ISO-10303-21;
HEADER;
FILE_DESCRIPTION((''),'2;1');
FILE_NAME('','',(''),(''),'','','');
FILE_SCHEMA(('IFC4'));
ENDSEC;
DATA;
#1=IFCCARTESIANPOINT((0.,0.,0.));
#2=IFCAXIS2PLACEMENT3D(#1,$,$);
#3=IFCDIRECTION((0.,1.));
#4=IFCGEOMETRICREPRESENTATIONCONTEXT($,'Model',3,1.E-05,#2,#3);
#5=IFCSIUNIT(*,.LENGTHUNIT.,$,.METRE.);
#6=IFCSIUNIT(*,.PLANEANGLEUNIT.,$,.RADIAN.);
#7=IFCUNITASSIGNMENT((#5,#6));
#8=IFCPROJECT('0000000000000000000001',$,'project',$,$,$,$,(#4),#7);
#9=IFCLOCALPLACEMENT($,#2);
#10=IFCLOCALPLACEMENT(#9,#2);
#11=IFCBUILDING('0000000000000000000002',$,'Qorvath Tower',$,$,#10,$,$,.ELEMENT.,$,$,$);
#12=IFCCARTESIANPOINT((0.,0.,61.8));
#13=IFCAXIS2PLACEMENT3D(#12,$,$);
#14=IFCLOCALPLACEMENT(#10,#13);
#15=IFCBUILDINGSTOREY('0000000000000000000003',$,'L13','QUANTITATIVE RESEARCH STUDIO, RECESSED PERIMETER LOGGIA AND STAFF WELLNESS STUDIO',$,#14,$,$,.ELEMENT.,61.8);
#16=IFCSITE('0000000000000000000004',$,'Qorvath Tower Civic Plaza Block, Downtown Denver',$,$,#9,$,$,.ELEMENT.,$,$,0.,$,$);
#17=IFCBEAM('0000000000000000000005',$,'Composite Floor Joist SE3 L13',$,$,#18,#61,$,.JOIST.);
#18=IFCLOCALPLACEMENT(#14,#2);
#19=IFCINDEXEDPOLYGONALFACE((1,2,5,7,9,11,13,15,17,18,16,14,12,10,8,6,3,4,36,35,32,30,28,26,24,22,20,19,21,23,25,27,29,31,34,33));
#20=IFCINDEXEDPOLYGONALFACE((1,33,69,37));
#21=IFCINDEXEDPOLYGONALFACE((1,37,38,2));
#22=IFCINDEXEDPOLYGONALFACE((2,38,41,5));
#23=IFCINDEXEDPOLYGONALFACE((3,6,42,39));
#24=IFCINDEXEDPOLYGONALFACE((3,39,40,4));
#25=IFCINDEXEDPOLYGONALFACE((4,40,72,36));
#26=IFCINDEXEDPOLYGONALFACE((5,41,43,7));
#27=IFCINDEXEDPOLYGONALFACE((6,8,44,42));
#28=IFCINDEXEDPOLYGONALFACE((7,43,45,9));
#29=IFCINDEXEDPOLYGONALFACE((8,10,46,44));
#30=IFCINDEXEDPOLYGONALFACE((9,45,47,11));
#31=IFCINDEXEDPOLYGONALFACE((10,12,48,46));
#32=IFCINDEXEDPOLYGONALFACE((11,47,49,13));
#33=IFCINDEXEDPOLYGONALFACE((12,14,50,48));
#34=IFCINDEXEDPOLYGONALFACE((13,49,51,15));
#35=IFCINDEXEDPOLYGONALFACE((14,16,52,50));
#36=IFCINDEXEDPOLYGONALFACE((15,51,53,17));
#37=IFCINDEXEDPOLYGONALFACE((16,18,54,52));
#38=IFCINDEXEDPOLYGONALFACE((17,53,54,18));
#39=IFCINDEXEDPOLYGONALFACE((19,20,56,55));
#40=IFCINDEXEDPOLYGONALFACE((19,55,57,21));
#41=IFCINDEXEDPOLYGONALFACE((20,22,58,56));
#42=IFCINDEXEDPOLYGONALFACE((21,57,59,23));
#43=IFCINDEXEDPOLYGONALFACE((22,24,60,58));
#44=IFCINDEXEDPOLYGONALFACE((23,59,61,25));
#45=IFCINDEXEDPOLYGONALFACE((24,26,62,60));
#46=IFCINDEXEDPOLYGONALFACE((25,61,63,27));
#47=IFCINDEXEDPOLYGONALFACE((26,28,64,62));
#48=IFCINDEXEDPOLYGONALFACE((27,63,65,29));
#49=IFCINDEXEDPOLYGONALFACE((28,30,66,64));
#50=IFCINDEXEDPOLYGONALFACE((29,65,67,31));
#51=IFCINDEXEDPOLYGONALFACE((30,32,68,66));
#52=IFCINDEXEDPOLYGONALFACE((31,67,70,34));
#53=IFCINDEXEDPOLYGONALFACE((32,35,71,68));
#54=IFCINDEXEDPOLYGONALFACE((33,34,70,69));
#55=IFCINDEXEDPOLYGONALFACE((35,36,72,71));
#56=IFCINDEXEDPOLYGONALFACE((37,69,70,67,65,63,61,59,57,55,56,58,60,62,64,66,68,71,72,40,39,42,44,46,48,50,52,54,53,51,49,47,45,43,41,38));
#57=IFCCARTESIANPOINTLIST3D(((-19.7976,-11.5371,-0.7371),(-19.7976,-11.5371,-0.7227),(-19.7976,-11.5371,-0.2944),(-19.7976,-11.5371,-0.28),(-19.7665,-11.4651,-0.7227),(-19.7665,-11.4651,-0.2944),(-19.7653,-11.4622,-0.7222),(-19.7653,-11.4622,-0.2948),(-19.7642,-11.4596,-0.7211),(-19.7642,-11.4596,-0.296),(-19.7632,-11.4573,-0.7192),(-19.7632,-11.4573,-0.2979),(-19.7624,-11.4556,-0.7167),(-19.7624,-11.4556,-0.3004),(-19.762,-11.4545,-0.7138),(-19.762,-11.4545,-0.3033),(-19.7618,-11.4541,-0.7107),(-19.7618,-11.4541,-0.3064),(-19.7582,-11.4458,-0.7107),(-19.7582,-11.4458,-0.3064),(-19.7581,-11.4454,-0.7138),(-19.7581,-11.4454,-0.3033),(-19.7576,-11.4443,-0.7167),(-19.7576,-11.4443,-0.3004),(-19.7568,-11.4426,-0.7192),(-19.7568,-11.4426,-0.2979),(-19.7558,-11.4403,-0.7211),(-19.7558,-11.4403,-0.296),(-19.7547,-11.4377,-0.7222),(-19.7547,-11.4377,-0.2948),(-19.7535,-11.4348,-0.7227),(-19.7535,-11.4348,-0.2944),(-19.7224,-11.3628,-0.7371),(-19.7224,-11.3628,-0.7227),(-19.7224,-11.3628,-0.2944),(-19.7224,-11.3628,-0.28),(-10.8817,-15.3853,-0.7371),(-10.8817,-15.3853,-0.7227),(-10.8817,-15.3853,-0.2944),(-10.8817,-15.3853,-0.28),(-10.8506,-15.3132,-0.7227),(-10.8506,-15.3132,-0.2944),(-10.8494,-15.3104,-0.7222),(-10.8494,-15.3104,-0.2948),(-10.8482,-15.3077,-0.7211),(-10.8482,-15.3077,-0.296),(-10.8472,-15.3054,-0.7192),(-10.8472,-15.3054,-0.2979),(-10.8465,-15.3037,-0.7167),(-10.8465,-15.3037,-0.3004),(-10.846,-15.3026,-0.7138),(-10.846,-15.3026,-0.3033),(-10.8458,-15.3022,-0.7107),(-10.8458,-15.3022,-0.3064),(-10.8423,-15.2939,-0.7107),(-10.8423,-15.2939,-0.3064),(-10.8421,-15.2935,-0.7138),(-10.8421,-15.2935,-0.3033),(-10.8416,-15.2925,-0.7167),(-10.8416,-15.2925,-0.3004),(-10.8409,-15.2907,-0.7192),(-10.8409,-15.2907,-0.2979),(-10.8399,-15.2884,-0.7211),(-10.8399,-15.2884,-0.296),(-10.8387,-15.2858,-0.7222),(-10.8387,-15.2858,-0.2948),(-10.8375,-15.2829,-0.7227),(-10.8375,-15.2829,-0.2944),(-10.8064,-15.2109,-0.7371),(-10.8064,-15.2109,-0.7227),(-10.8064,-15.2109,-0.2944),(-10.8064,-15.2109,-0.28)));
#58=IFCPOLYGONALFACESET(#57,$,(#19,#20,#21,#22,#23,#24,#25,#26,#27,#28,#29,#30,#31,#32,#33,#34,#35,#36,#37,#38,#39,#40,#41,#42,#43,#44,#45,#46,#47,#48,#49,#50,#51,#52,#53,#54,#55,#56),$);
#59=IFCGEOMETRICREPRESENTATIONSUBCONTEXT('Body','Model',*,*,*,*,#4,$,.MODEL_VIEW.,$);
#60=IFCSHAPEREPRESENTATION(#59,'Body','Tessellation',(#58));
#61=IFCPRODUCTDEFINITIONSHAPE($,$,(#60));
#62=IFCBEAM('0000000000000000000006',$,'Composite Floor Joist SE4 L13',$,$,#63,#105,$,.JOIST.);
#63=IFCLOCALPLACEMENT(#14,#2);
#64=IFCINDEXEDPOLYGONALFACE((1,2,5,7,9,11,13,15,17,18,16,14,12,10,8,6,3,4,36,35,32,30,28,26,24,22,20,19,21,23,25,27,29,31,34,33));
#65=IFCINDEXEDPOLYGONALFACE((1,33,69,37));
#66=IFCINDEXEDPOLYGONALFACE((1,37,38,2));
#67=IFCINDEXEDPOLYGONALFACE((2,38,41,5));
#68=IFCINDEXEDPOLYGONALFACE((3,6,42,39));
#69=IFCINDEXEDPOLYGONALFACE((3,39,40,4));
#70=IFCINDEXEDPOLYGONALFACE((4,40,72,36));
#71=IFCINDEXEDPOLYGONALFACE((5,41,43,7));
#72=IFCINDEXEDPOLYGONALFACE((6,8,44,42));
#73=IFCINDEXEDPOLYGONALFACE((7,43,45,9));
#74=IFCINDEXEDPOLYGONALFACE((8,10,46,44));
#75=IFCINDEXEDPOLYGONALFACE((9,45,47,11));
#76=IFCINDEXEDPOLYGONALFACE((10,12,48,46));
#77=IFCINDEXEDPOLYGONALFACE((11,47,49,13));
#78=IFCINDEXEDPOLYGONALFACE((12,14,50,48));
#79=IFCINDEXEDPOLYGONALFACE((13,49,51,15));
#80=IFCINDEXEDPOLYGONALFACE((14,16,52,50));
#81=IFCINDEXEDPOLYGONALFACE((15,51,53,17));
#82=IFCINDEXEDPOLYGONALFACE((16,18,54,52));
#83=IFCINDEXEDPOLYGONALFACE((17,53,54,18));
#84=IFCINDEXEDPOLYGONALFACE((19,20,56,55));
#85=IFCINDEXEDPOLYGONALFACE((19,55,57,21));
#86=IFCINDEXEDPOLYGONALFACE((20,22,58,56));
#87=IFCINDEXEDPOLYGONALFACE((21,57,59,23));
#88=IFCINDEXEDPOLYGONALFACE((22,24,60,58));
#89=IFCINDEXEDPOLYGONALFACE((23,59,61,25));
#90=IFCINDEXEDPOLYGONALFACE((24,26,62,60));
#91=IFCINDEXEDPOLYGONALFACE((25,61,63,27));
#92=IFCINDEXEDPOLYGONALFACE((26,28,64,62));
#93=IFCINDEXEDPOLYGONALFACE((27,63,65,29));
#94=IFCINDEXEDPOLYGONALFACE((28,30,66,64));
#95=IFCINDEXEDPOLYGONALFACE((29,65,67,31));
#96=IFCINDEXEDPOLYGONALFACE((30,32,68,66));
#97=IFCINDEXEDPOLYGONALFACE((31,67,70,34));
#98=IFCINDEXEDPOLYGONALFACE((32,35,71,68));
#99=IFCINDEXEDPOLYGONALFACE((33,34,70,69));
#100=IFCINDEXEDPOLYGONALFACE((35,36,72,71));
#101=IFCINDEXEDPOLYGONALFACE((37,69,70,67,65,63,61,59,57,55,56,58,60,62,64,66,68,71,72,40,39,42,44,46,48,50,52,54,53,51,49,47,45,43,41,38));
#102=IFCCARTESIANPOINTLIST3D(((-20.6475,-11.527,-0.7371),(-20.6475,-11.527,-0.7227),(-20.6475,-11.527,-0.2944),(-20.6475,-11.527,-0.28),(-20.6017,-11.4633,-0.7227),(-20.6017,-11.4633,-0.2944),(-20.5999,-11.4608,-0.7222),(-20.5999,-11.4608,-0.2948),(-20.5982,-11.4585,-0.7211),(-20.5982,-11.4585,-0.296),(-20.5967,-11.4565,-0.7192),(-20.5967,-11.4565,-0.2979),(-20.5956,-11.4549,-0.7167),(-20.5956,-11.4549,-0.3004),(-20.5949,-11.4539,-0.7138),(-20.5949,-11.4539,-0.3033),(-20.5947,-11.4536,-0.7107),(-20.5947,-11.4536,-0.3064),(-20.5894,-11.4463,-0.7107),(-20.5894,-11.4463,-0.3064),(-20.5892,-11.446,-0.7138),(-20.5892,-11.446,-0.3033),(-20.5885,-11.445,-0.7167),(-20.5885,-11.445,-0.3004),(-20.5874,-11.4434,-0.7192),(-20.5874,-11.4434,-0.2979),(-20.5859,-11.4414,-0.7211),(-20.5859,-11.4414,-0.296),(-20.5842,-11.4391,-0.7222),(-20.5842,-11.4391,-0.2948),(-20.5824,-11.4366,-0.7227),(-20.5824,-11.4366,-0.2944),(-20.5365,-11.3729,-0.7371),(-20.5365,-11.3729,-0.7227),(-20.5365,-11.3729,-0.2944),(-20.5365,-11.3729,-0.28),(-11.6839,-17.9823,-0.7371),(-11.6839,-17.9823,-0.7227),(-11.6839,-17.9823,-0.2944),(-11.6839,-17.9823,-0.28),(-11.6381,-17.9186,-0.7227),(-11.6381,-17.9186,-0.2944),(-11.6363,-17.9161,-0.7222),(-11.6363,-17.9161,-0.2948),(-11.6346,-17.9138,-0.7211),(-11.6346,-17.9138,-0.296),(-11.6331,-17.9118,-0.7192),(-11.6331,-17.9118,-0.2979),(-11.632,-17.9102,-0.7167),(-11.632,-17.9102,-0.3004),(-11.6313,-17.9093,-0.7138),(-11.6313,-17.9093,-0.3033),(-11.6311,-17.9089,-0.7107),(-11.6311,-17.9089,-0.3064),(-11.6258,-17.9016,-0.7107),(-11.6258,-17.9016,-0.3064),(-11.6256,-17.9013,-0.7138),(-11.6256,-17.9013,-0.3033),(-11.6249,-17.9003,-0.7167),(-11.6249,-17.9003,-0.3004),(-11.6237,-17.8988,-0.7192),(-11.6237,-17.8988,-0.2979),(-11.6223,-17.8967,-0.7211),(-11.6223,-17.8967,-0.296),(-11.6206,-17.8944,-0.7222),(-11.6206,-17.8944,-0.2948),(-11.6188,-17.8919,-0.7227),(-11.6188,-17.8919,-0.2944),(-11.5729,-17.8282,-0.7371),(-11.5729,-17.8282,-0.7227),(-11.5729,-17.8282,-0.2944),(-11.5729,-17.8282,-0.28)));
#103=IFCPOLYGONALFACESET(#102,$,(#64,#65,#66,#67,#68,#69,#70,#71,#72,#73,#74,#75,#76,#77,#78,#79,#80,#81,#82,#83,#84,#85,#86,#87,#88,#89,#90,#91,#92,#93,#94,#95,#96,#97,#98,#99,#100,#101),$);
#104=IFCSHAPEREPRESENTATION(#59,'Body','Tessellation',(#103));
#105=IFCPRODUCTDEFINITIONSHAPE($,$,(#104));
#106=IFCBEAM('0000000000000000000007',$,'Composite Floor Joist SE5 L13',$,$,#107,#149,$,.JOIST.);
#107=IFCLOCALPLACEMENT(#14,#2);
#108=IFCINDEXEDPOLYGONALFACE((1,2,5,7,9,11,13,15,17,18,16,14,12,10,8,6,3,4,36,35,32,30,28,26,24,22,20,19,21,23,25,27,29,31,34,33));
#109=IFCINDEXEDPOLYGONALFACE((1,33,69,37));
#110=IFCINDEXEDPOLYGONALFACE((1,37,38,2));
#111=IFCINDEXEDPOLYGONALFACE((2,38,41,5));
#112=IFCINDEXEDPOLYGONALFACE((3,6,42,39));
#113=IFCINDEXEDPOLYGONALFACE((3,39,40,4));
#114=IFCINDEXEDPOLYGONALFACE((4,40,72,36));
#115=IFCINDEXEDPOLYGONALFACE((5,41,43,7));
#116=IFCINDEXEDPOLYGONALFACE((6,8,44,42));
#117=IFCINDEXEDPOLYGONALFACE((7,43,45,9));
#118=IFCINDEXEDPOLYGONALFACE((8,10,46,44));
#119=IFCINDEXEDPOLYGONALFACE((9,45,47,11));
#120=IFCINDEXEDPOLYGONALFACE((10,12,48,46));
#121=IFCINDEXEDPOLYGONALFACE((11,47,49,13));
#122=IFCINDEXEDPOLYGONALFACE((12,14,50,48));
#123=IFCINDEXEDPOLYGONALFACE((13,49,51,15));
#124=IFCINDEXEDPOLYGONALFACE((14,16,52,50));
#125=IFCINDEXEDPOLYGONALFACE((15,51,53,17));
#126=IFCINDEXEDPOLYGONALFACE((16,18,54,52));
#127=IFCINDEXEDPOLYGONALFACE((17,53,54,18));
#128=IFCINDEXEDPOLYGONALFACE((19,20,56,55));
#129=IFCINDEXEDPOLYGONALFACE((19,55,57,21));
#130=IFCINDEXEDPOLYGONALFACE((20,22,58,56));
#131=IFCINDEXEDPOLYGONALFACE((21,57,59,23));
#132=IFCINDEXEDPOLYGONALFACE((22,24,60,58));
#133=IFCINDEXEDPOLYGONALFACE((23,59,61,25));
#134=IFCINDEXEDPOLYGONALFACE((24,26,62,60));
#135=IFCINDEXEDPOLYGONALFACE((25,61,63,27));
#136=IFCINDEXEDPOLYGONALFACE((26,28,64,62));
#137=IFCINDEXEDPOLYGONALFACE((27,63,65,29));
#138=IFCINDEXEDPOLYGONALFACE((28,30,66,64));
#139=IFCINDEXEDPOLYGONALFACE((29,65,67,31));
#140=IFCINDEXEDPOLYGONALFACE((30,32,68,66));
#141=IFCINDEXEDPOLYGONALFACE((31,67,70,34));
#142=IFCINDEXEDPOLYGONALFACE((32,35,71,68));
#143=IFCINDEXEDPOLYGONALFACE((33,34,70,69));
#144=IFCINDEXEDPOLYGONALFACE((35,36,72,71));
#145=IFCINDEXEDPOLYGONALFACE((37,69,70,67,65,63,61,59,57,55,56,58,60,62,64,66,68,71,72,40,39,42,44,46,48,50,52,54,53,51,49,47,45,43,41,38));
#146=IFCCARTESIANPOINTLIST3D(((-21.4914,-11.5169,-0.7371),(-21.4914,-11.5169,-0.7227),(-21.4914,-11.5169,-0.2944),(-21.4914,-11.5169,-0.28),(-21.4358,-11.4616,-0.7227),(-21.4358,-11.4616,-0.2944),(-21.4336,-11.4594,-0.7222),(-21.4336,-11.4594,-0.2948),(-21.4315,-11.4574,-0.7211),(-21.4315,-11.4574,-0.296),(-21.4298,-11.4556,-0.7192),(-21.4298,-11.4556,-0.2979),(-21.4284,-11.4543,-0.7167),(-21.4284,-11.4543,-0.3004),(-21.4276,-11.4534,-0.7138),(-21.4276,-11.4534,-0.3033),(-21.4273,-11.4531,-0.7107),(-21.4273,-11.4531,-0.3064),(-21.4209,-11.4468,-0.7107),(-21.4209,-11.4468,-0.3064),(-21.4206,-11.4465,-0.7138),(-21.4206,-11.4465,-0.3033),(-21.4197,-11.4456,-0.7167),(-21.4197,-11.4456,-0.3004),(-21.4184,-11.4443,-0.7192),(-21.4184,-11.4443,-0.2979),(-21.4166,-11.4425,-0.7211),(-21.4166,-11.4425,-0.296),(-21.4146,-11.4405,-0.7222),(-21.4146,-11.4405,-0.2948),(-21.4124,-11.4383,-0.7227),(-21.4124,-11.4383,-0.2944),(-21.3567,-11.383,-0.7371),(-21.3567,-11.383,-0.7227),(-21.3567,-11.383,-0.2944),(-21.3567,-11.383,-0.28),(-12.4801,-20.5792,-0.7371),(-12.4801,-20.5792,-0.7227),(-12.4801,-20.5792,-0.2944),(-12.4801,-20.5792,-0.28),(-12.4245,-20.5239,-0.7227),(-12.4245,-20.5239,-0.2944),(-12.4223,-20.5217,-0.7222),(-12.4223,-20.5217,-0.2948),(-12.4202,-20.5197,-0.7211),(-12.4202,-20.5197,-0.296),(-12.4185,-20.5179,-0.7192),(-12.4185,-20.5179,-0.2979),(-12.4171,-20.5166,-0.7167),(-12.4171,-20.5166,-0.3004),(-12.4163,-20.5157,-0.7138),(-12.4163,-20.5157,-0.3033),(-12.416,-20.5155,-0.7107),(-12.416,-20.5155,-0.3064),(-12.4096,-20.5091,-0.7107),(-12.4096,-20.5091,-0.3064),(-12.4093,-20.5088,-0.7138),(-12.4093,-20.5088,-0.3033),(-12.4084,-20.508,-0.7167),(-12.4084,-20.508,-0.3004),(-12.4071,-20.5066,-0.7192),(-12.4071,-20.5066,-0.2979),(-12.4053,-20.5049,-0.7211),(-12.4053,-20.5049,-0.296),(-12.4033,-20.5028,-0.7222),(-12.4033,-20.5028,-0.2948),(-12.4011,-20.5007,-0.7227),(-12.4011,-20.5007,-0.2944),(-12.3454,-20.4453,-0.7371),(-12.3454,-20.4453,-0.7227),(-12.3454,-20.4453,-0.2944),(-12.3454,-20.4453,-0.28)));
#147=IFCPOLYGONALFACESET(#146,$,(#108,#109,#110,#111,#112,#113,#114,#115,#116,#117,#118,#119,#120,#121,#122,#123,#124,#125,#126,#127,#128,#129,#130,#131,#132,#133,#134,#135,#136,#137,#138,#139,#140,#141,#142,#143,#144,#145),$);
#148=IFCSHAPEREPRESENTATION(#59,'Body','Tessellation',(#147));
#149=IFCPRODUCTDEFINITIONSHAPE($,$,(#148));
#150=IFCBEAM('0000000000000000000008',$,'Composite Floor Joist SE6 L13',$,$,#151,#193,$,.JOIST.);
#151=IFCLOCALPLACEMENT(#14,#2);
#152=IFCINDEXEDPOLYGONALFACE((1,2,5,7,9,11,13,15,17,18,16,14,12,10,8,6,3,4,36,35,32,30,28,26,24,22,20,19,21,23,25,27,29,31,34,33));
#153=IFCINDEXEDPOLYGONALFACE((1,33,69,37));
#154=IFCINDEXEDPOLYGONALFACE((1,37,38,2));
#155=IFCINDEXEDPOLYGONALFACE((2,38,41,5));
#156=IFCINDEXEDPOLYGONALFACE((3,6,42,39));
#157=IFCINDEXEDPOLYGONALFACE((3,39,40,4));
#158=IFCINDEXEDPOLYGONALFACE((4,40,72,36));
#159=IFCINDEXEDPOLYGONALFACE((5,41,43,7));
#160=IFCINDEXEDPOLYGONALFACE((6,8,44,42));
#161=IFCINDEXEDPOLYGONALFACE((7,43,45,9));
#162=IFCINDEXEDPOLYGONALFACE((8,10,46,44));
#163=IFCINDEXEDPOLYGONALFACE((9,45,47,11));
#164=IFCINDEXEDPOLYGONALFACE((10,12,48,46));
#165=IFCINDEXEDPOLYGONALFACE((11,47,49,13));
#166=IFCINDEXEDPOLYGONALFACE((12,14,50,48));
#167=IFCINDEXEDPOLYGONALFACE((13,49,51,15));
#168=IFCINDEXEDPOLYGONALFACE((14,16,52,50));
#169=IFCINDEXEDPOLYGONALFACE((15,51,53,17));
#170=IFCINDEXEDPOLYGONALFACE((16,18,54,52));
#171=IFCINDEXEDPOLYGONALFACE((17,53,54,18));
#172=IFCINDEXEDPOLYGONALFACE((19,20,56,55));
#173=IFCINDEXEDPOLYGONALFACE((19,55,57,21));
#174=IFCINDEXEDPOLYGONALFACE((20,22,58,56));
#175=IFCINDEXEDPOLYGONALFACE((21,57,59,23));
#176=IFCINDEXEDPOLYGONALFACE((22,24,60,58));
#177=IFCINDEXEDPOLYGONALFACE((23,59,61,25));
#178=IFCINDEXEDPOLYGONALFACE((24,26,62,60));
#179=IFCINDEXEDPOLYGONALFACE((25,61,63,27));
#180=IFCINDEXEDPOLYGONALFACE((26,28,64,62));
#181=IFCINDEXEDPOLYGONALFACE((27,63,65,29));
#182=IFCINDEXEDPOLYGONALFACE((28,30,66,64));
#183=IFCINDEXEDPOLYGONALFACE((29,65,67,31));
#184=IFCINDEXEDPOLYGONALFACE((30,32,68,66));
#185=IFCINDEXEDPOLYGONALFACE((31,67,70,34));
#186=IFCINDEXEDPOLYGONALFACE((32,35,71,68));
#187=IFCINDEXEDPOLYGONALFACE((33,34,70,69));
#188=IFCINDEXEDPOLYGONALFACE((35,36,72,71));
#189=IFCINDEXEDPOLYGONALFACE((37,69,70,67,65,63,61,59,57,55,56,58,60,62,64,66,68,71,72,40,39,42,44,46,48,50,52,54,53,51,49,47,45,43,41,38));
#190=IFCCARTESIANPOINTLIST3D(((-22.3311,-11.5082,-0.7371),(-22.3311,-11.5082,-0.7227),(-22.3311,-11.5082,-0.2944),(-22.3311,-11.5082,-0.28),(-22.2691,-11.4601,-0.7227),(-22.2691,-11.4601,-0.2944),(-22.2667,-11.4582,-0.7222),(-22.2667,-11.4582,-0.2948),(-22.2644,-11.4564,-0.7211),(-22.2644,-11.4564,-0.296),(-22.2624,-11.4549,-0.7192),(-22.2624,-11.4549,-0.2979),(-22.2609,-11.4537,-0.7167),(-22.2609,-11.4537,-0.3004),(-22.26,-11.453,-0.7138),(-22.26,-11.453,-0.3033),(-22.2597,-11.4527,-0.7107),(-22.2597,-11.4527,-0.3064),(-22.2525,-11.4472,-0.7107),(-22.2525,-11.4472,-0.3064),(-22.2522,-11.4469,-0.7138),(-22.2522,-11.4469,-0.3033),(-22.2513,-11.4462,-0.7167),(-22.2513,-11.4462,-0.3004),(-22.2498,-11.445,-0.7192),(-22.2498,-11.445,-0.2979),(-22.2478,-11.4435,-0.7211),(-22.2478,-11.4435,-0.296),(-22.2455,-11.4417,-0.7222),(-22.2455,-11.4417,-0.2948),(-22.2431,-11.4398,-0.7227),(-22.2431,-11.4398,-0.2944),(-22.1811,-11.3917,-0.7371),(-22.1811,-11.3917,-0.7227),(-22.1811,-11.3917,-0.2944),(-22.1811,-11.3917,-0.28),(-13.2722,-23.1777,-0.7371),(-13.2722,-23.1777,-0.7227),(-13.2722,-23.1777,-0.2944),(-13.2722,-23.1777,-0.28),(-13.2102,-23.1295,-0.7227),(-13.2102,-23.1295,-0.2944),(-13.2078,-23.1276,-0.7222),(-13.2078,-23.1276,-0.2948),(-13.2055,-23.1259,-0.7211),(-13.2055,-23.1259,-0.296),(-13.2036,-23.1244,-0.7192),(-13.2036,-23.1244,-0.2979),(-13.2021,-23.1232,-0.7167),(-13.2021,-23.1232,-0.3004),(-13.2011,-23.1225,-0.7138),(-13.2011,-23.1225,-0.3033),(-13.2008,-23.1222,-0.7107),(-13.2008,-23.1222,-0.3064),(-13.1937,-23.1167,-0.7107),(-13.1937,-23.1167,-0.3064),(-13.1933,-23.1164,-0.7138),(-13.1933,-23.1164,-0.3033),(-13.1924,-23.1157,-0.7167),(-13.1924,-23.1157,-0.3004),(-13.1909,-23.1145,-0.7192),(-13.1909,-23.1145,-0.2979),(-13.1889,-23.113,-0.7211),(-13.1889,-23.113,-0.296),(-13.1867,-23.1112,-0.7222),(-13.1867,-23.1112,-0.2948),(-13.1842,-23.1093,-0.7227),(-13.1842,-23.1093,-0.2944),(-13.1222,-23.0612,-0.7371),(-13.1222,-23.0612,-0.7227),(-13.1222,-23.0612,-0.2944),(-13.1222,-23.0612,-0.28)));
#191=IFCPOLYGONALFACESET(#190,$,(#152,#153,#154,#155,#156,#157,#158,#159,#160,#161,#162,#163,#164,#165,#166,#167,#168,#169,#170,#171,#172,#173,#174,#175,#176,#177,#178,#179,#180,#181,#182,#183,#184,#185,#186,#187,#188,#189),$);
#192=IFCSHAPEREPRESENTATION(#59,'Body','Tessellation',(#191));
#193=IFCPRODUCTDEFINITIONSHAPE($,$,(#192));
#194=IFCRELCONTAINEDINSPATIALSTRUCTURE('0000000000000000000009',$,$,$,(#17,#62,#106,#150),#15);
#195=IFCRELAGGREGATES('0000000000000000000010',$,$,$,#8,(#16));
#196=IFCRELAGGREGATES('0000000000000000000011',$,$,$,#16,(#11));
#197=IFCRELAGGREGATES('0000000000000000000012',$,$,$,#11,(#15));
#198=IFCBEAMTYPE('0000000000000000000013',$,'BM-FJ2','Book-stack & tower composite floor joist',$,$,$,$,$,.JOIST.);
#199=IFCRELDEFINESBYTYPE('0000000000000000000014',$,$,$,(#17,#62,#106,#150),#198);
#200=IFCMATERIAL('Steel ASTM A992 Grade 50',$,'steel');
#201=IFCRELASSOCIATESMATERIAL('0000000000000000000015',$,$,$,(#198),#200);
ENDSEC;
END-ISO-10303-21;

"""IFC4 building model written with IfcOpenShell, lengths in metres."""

from ifc_helpers import new_model, si_unit, direction, frame, origin, origin_2d, place, context, subcontext, project, spatial, i_section, extrude, material, material_profile, profile_set, type_object, element, save


model = new_model("IFC4")

# Units and contexts
model_context = context("Model", 3, precision=1e-05, world=origin(), true_north=direction((0.0, 1.0)))
body_context = subcontext(model_context, "Body", "Model", "MODEL_VIEW")
ifc_project = project(units=[si_unit("LENGTHUNIT", "METRE"), si_unit("PLANEANGLEUNIT", "RADIAN")], contexts=[model_context])

# Site, building, storey
site_placement = place(None, origin())
site = spatial("IfcSite", under=ifc_project, at=site_placement, Name="Qorvath Tower Civic Plaza Block, Downtown Denver", CompositionType="ELEMENT", RefElevation=0.0)
building_placement = place(site_placement, origin())
building = spatial("IfcBuilding", under=site, at=building_placement, Name="Qorvath Tower", CompositionType="ELEMENT")
storey_placement = place(building_placement, frame((0.0, 0.0, 61.8)))
storey = spatial("IfcBuildingStorey", under=building, at=storey_placement, Name="L13", Description="QUANTITATIVE RESEARCH STUDIO, RECESSED PERIMETER LOGGIA AND STAFF WELLNESS STUDIO", CompositionType="ELEMENT", Elevation=61.8)

# Beams
ifc_material_1 = material(Name="Steel ASTM A992 Grade 50", Category="steel")
ifc_material_profile_1 = material_profile(ifc_material_1, i_section(OverallWidth=0.1899, OverallDepth=0.457, WebThickness=0.009, FlangeThickness=0.0144, FilletRadius=0.012, at=origin_2d()), Name="W18x50")
ifc_profile_set_1 = profile_set([ifc_material_profile_1], Name="Steel ASTM A992 Grade 50")
beam_type_1 = type_object("IfcBeamType", Name="BM-FJ2", Description="Book-stack & tower composite floor joist", PredefinedType="JOIST", material=ifc_profile_set_1)
beam_1_placement = place(storey_placement, frame((-19.76, -11.45, -0.5085), z_axis=(0.918136, -0.396266, 0.0), x_axis=(0.396266, 0.918136, 0.0)))
element("IfcBeam", 1, at=beam_1_placement, inside=storey, type_object=beam_type_1, Name="Composite Floor Joist SE3 L13", PredefinedType="JOIST", context=body_context, shape_type="SweptSolid", body=[
    extrude(i_section(OverallWidth=0.1899, OverallDepth=0.457, WebThickness=0.009, FlangeThickness=0.0144, FilletRadius=0.012, at=origin_2d()), origin(), (0.0, 0.0, 1.0), 9.7109),
])
beam_2_placement = place(storey_placement, frame((-20.592, -11.45, -0.5085), z_axis=(0.811469, -0.584395, 0.0), x_axis=(0.584395, 0.811469, 0.0)))
element("IfcBeam", 2, at=beam_2_placement, inside=storey, type_object=beam_type_1, Name="Composite Floor Joist SE4 L13", PredefinedType="JOIST", context=body_context, shape_type="SweptSolid", body=[
    extrude(i_section(OverallWidth=0.1899, OverallDepth=0.457, WebThickness=0.009, FlangeThickness=0.0144, FilletRadius=0.012, at=origin_2d()), origin(), (0.0, 0.0, 1.0), 11.0461),
])
beam_3_placement = place(storey_placement, frame((-21.4241, -11.45, -0.5085), z_axis=(0.705108, -0.7091, 0.0), x_axis=(0.7091, 0.705108, 0.0)))
element("IfcBeam", 3, at=beam_3_placement, inside=storey, type_object=beam_type_1, Name="Composite Floor Joist SE5 L13", PredefinedType="JOIST", context=body_context, shape_type="SweptSolid", body=[
    extrude(i_section(OverallWidth=0.1899, OverallDepth=0.457, WebThickness=0.009, FlangeThickness=0.0144, FilletRadius=0.012, at=origin_2d()), origin(), (0.0, 0.0, 1.0), 12.78),
])
beam_4_placement = place(storey_placement, frame((-22.2561, -11.45, -0.5085), z_axis=(0.613207, -0.789922, 0.0), x_axis=(0.789922, 0.613207, 0.0)))
element("IfcBeam", 4, at=beam_4_placement, inside=storey, type_object=beam_type_1, Name="Composite Floor Joist SE6 L13", PredefinedType="JOIST", context=body_context, shape_type="SweptSolid", body=[
    extrude(i_section(OverallWidth=0.1899, OverallDepth=0.457, WebThickness=0.009, FlangeThickness=0.0144, FilletRadius=0.012, at=origin_2d()), origin(), (0.0, 0.0, 1.0), 14.7729),
])

save(model, "model.ifc")
